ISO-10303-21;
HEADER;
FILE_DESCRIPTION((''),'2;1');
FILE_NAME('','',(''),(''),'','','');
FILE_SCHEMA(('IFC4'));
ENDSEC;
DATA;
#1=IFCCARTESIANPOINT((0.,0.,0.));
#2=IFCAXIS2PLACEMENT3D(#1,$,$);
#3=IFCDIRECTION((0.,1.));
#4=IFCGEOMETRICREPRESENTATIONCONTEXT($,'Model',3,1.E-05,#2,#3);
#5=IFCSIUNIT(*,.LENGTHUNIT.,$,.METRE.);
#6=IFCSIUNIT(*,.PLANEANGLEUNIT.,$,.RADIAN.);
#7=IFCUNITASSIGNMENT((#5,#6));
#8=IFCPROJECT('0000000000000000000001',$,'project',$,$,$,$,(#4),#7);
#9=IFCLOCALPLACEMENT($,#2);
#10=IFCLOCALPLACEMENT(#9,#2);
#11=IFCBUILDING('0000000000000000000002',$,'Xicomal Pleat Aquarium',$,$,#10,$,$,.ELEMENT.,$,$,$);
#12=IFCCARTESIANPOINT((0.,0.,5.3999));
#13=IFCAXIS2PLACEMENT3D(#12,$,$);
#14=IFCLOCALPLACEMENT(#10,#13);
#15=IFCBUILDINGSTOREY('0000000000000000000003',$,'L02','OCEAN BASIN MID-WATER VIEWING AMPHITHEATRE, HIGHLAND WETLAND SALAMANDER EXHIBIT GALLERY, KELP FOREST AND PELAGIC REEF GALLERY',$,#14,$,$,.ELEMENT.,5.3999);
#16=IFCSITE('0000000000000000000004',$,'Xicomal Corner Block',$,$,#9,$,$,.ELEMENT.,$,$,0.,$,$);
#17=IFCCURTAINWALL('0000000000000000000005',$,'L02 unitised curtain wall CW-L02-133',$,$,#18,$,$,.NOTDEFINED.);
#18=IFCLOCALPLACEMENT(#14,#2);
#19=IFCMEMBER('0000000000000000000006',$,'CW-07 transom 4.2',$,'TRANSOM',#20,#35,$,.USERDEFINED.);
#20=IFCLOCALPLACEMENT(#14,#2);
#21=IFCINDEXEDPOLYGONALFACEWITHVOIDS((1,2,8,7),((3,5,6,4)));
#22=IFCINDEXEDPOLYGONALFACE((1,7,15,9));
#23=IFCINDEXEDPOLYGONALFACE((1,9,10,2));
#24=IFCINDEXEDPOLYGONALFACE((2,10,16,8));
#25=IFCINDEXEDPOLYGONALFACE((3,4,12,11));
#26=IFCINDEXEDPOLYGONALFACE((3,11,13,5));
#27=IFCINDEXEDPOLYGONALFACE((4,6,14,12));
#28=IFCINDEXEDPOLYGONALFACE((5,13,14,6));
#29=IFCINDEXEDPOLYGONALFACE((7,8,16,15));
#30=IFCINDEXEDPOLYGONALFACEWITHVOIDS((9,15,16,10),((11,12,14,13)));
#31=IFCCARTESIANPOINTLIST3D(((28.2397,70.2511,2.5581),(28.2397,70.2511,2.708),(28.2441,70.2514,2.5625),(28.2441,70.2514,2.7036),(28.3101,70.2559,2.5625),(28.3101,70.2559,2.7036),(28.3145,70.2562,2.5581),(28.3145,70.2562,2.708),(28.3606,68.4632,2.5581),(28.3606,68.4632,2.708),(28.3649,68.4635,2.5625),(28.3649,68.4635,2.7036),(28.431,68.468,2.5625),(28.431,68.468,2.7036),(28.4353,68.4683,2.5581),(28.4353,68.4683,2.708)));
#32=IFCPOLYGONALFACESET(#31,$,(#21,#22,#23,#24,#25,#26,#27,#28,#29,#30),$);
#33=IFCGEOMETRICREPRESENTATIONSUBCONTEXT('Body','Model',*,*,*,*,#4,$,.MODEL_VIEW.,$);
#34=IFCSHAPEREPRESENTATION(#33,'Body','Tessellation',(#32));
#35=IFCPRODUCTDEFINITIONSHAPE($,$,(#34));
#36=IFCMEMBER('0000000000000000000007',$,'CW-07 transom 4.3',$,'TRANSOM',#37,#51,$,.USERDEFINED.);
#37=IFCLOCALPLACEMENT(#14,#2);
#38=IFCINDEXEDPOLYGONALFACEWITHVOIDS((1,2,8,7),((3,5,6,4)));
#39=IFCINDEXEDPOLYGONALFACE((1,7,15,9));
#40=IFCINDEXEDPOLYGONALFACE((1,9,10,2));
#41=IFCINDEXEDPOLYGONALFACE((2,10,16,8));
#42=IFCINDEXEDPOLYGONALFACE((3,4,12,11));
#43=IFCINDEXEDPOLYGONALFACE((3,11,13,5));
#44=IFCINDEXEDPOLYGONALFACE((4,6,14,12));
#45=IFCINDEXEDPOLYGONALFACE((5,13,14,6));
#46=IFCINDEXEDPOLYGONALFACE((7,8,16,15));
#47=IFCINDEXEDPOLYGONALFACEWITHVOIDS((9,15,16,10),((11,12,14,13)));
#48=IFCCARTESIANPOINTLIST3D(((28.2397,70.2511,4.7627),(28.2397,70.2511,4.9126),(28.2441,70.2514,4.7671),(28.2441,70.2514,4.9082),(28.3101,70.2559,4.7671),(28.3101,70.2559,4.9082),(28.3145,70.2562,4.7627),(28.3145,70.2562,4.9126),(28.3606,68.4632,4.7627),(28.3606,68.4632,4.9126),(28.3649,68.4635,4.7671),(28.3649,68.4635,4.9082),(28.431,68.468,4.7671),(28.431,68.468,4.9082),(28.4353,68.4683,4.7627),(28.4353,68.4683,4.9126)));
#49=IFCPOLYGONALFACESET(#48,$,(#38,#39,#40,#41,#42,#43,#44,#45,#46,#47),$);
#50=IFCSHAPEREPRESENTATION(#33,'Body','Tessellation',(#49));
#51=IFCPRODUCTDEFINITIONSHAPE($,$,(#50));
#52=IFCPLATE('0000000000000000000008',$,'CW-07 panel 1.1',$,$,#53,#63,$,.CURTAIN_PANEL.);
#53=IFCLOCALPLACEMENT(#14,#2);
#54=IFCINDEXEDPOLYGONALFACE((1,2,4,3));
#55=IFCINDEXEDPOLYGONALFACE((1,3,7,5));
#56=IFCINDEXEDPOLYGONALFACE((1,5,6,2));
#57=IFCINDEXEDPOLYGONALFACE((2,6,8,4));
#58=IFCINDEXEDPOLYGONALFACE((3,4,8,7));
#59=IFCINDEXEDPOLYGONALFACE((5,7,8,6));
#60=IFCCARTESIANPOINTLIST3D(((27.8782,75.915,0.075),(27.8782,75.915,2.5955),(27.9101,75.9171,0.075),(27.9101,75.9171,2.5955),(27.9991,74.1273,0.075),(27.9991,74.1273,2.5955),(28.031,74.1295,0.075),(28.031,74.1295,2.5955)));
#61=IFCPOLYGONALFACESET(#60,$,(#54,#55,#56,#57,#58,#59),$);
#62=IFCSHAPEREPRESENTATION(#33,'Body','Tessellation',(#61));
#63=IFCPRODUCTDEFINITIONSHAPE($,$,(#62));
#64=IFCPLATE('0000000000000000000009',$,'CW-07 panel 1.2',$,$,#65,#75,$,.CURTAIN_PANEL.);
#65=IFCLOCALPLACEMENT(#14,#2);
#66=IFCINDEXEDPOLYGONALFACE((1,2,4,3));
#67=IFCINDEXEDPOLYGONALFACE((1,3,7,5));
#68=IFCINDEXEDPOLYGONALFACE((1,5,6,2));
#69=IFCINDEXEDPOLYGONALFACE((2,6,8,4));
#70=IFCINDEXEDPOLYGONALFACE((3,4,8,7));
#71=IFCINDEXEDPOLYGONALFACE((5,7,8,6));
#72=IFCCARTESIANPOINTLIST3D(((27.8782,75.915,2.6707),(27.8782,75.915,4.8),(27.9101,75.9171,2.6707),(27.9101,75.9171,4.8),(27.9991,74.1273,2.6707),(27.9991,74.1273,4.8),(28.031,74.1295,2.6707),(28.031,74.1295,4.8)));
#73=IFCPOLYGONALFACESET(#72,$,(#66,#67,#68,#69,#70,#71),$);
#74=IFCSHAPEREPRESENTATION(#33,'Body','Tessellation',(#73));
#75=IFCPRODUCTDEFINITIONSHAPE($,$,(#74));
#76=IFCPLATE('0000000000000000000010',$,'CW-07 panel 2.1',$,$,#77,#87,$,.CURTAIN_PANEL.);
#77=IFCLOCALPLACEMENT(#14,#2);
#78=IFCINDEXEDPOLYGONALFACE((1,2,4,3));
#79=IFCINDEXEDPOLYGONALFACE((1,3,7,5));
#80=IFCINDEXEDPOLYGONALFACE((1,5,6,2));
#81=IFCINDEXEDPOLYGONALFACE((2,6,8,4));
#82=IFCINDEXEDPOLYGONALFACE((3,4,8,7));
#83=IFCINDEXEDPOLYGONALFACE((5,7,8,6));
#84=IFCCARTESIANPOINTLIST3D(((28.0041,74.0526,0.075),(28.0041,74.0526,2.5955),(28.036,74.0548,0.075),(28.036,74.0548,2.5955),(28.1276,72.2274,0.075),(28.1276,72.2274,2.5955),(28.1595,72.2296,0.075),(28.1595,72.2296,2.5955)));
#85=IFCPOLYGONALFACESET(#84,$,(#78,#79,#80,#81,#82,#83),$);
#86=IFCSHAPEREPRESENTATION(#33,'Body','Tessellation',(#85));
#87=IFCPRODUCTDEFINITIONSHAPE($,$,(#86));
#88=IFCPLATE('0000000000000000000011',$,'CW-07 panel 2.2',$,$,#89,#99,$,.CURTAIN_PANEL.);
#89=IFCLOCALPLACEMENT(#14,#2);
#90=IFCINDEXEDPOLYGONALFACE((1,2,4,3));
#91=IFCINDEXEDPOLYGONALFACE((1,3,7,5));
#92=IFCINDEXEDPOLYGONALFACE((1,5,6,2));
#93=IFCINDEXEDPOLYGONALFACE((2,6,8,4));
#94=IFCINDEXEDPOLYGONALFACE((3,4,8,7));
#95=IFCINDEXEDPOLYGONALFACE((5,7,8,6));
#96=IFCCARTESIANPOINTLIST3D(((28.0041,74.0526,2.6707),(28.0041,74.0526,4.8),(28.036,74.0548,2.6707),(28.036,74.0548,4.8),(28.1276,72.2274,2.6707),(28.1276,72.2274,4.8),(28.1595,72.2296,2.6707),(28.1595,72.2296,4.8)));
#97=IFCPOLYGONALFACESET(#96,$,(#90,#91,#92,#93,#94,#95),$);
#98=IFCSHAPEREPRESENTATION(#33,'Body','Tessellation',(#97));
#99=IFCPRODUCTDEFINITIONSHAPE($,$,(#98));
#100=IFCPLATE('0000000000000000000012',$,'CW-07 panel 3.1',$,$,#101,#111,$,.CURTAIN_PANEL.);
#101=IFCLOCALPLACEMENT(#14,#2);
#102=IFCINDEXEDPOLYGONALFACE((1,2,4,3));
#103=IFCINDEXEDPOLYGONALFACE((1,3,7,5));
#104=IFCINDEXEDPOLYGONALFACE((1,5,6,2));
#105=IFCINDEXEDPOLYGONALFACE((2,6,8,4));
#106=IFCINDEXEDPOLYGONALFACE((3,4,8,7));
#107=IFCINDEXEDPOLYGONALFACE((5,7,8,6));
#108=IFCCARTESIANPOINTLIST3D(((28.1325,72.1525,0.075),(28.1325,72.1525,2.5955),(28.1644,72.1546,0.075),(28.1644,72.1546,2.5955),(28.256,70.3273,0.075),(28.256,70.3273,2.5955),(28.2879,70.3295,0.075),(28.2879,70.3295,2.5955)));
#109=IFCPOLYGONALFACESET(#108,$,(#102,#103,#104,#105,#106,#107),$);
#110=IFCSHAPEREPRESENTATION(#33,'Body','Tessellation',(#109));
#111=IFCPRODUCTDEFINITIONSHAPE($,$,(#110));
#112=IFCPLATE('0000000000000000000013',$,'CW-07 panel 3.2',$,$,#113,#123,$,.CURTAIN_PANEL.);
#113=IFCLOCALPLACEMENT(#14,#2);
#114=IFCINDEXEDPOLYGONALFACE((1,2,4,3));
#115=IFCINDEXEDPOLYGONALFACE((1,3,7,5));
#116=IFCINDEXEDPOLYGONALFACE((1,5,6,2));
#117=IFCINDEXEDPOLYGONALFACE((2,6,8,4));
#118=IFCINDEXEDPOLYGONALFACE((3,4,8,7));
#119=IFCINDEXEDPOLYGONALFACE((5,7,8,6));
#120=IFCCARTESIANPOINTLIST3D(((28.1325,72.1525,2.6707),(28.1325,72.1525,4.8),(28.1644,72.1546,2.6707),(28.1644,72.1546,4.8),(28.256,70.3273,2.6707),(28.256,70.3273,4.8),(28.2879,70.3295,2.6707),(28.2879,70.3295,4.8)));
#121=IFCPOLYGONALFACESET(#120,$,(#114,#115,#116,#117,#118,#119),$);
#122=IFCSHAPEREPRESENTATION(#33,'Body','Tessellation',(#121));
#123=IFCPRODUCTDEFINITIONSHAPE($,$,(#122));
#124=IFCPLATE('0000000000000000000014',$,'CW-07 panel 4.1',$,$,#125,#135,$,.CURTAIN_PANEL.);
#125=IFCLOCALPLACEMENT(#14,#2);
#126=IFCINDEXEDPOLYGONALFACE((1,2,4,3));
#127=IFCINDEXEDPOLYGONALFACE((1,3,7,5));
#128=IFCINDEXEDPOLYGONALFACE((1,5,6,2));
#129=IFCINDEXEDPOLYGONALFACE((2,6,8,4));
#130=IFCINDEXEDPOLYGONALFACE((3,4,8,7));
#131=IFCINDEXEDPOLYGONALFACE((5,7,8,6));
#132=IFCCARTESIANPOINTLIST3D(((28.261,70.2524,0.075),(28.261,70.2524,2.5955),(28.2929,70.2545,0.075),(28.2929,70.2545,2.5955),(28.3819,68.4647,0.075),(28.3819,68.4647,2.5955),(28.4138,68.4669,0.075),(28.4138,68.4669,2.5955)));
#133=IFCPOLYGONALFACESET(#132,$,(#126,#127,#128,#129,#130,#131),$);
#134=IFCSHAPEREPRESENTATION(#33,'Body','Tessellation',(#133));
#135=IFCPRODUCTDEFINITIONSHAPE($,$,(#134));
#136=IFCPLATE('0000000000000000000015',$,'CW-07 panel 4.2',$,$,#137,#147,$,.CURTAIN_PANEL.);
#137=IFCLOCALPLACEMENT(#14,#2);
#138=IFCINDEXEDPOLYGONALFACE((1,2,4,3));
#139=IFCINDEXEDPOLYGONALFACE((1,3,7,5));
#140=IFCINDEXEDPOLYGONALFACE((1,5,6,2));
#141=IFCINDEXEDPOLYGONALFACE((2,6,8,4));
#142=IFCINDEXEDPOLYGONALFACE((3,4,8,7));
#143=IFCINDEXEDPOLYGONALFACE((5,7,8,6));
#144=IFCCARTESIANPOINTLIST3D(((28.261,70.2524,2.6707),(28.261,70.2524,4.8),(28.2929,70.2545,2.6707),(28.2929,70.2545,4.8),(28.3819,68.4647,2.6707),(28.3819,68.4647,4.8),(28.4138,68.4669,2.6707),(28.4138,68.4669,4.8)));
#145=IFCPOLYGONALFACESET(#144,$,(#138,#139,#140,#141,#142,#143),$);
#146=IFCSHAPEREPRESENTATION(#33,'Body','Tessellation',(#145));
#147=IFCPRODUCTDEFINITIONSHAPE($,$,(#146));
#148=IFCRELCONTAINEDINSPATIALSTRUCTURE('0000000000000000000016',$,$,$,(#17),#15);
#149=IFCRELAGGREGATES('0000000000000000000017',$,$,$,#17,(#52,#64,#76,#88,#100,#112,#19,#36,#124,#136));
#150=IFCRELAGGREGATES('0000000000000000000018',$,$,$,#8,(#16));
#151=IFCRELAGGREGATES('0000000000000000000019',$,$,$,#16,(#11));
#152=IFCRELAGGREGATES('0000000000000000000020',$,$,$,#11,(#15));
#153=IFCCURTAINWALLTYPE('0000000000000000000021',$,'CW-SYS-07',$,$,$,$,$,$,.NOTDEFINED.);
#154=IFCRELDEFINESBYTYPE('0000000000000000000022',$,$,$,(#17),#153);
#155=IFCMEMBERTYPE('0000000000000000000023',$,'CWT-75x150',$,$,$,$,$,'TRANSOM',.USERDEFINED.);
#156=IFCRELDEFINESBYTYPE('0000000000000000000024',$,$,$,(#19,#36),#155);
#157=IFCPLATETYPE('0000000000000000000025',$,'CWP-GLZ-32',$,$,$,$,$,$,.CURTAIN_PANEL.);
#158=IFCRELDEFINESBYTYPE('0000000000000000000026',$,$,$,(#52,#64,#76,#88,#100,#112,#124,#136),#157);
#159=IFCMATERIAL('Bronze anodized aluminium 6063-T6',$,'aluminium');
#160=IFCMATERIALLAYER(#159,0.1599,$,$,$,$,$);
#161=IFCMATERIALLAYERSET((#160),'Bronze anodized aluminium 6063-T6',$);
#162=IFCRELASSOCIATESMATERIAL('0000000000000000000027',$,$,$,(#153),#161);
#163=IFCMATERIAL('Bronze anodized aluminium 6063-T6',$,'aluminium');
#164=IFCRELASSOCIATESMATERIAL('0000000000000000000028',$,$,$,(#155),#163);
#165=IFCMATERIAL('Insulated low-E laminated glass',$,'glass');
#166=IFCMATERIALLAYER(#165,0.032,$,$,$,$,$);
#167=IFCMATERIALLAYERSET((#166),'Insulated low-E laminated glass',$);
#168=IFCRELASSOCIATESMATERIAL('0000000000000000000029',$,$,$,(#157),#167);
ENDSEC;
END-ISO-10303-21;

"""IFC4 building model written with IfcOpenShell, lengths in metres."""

from ifc_helpers import new_model, si_unit, direction, frame, origin, origin_2d, place, context, subcontext, project, spatial, rectangle, hollow_rectangle, extrude, material, layer, layer_set, material_profile, profile_set, type_object, element, aggregate, save


model = new_model("IFC4")

# Units and contexts
model_context = context("Model", 3, precision=1e-05, world=origin(), true_north=direction((0.0, 1.0)))
body_context = subcontext(model_context, "Body", "Model", "MODEL_VIEW")
ifc_project = project(units=[si_unit("LENGTHUNIT", "METRE"), si_unit("PLANEANGLEUNIT", "RADIAN")], contexts=[model_context])

# Site, building, storey
site_placement = place(None, origin())
site = spatial("IfcSite", under=ifc_project, at=site_placement, Name="Xicomal Corner Block", CompositionType="ELEMENT", RefElevation=0.0)
building_placement = place(site_placement, origin())
building = spatial("IfcBuilding", under=site, at=building_placement, Name="Xicomal Pleat Aquarium", CompositionType="ELEMENT")
storey_placement = place(building_placement, frame((0.0, 0.0, 5.3999)))
storey = spatial("IfcBuildingStorey", under=building, at=storey_placement, Name="L02", Description="OCEAN BASIN MID-WATER VIEWING AMPHITHEATRE, HIGHLAND WETLAND SALAMANDER EXHIBIT GALLERY, KELP FOREST AND PELAGIC REEF GALLERY", CompositionType="ELEMENT", Elevation=5.3999)

# Curtain wall, members, plates
ifc_material_1 = material(Name="Bronze anodized aluminium 6063-T6", Category="aluminium")
ifc_layer_1 = layer(ifc_material_1, 0.1599)
ifc_layer_set_1 = layer_set([ifc_layer_1], Name="Bronze anodized aluminium 6063-T6")
curtain_wall_type = type_object("IfcCurtainWallType", Name="CW-SYS-07", PredefinedType="NOTDEFINED", material=ifc_layer_set_1)
curtain_wall_placement = place(storey_placement, origin())
curtain_wall = element("IfcCurtainWall", 1, at=curtain_wall_placement, inside=storey, type_object=curtain_wall_type, Name="L02 unitised curtain wall CW-L02-133", PredefinedType="NOTDEFINED")
ifc_material_2 = material(Name="Bronze anodized aluminium 6063-T6", Category="aluminium")
ifc_material_profile_1 = material_profile(ifc_material_2, hollow_rectangle(XDim=0.075, YDim=0.1499, WallThickness=0.0044, at=origin_2d()), Name="ALU TRAN 75x150")
ifc_profile_set_1 = profile_set([ifc_material_profile_1], Name="Bronze anodized aluminium 6063-T6")
member_type_1 = type_object("IfcMemberType", Name="CWT-75x150", ElementType="TRANSOM", PredefinedType="USERDEFINED", material=ifc_profile_set_1)
member_1_placement = place(storey_placement, frame((28.2771, 70.2537, 2.6331), z_axis=(0.067441, -0.997723, 0.0), x_axis=(0.997723, 0.067441, 0.0)))
member_1 = element("IfcMember", 2, at=member_1_placement, type_object=member_type_1, Name="CW-07 transom 4.2", ObjectType="TRANSOM", PredefinedType="USERDEFINED", context=body_context, shape_type="SweptSolid", body=[
    extrude(hollow_rectangle(XDim=0.075, YDim=0.1499, WallThickness=0.0044, at=origin_2d()), origin(), (0.0, 0.0, 1.0), 1.792),
])
member_2_placement = place(storey_placement, frame((28.2771, 70.2537, 4.8376), z_axis=(0.067441, -0.997723, 0.0), x_axis=(0.997723, 0.067441, 0.0)))
member_2 = element("IfcMember", 3, at=member_2_placement, type_object=member_type_1, Name="CW-07 transom 4.3", ObjectType="TRANSOM", PredefinedType="USERDEFINED", context=body_context, shape_type="SweptSolid", body=[
    extrude(hollow_rectangle(XDim=0.075, YDim=0.1499, WallThickness=0.0044, at=origin_2d()), origin(), (0.0, 0.0, 1.0), 1.792),
])
ifc_material_3 = material(Name="Insulated low-E laminated glass", Category="glass")
ifc_layer_2 = layer(ifc_material_3, 0.032)
ifc_layer_set_2 = layer_set([ifc_layer_2], Name="Insulated low-E laminated glass")
plate_type = type_object("IfcPlateType", Name="CWP-GLZ-32", PredefinedType="CURTAIN_PANEL", material=ifc_layer_set_2)
plate_1_placement = place(storey_placement, frame((27.9546, 75.0222, 0.075), z_axis=(0.0, 0.0, 1.0), x_axis=(0.067477, -0.997721, 0.0)))
plate_1 = element("IfcPlate", 4, at=plate_1_placement, type_object=plate_type, Name="CW-07 panel 1.1", PredefinedType="CURTAIN_PANEL", context=body_context, shape_type="SweptSolid", body=[
    extrude(rectangle(XDim=1.7917, YDim=0.032, at=origin_2d()), origin(), (0.0, 0.0, 1.0), 2.5205),
])
plate_2_placement = place(storey_placement, frame((27.9546, 75.0222, 2.6707), z_axis=(0.0, 0.0, 1.0), x_axis=(0.067477, -0.997721, 0.0)))
plate_2 = element("IfcPlate", 5, at=plate_2_placement, type_object=plate_type, Name="CW-07 panel 1.2", PredefinedType="CURTAIN_PANEL", context=body_context, shape_type="SweptSolid", body=[
    extrude(rectangle(XDim=1.7917, YDim=0.032, at=origin_2d()), origin(), (0.0, 0.0, 1.0), 2.1294),
])
plate_3_placement = place(storey_placement, frame((28.0818, 73.1411, 0.075), z_axis=(0.0, 0.0, 1.0), x_axis=(0.067477, -0.997721, 0.0)))
plate_3 = element("IfcPlate", 6, at=plate_3_placement, type_object=plate_type, Name="CW-07 panel 2.1", PredefinedType="CURTAIN_PANEL", context=body_context, shape_type="SweptSolid", body=[
    extrude(rectangle(XDim=1.8293, YDim=0.032, at=origin_2d()), origin(), (0.0, 0.0, 1.0), 2.5205),
])
plate_4_placement = place(storey_placement, frame((28.0818, 73.1411, 2.6707), z_axis=(0.0, 0.0, 1.0), x_axis=(0.067477, -0.997721, 0.0)))
plate_4 = element("IfcPlate", 7, at=plate_4_placement, type_object=plate_type, Name="CW-07 panel 2.2", PredefinedType="CURTAIN_PANEL", context=body_context, shape_type="SweptSolid", body=[
    extrude(rectangle(XDim=1.8293, YDim=0.032, at=origin_2d()), origin(), (0.0, 0.0, 1.0), 2.1294),
])
plate_5_placement = place(storey_placement, frame((28.2102, 71.241, 0.075), z_axis=(0.0, 0.0, 1.0), x_axis=(0.067477, -0.997721, 0.0)))
plate_5 = element("IfcPlate", 8, at=plate_5_placement, type_object=plate_type, Name="CW-07 panel 3.1", PredefinedType="CURTAIN_PANEL", context=body_context, shape_type="SweptSolid", body=[
    extrude(rectangle(XDim=1.8293, YDim=0.032, at=origin_2d()), origin(), (0.0, 0.0, 1.0), 2.5205),
])
plate_6_placement = place(storey_placement, frame((28.2102, 71.241, 2.6707), z_axis=(0.0, 0.0, 1.0), x_axis=(0.067477, -0.997721, 0.0)))
plate_6 = element("IfcPlate", 9, at=plate_6_placement, type_object=plate_type, Name="CW-07 panel 3.2", PredefinedType="CURTAIN_PANEL", context=body_context, shape_type="SweptSolid", body=[
    extrude(rectangle(XDim=1.8293, YDim=0.032, at=origin_2d()), origin(), (0.0, 0.0, 1.0), 2.1294),
])
plate_7_placement = place(storey_placement, frame((28.3374, 69.3596, 0.075), z_axis=(0.0, 0.0, 1.0), x_axis=(0.067477, -0.997721, 0.0)))
plate_7 = element("IfcPlate", 10, at=plate_7_placement, type_object=plate_type, Name="CW-07 panel 4.1", PredefinedType="CURTAIN_PANEL", context=body_context, shape_type="SweptSolid", body=[
    extrude(rectangle(XDim=1.7917, YDim=0.032, at=origin_2d()), origin(), (0.0, 0.0, 1.0), 2.5205),
])
plate_8_placement = place(storey_placement, frame((28.3374, 69.3596, 2.6707), z_axis=(0.0, 0.0, 1.0), x_axis=(0.067477, -0.997721, 0.0)))
plate_8 = element("IfcPlate", 11, at=plate_8_placement, type_object=plate_type, Name="CW-07 panel 4.2", PredefinedType="CURTAIN_PANEL", context=body_context, shape_type="SweptSolid", body=[
    extrude(rectangle(XDim=1.7917, YDim=0.032, at=origin_2d()), origin(), (0.0, 0.0, 1.0), 2.1294),
])
aggregate(curtain_wall, [plate_1, plate_2, plate_3, plate_4, plate_5, plate_6, member_1, member_2, plate_7, plate_8])

save(model, "model.ifc")
